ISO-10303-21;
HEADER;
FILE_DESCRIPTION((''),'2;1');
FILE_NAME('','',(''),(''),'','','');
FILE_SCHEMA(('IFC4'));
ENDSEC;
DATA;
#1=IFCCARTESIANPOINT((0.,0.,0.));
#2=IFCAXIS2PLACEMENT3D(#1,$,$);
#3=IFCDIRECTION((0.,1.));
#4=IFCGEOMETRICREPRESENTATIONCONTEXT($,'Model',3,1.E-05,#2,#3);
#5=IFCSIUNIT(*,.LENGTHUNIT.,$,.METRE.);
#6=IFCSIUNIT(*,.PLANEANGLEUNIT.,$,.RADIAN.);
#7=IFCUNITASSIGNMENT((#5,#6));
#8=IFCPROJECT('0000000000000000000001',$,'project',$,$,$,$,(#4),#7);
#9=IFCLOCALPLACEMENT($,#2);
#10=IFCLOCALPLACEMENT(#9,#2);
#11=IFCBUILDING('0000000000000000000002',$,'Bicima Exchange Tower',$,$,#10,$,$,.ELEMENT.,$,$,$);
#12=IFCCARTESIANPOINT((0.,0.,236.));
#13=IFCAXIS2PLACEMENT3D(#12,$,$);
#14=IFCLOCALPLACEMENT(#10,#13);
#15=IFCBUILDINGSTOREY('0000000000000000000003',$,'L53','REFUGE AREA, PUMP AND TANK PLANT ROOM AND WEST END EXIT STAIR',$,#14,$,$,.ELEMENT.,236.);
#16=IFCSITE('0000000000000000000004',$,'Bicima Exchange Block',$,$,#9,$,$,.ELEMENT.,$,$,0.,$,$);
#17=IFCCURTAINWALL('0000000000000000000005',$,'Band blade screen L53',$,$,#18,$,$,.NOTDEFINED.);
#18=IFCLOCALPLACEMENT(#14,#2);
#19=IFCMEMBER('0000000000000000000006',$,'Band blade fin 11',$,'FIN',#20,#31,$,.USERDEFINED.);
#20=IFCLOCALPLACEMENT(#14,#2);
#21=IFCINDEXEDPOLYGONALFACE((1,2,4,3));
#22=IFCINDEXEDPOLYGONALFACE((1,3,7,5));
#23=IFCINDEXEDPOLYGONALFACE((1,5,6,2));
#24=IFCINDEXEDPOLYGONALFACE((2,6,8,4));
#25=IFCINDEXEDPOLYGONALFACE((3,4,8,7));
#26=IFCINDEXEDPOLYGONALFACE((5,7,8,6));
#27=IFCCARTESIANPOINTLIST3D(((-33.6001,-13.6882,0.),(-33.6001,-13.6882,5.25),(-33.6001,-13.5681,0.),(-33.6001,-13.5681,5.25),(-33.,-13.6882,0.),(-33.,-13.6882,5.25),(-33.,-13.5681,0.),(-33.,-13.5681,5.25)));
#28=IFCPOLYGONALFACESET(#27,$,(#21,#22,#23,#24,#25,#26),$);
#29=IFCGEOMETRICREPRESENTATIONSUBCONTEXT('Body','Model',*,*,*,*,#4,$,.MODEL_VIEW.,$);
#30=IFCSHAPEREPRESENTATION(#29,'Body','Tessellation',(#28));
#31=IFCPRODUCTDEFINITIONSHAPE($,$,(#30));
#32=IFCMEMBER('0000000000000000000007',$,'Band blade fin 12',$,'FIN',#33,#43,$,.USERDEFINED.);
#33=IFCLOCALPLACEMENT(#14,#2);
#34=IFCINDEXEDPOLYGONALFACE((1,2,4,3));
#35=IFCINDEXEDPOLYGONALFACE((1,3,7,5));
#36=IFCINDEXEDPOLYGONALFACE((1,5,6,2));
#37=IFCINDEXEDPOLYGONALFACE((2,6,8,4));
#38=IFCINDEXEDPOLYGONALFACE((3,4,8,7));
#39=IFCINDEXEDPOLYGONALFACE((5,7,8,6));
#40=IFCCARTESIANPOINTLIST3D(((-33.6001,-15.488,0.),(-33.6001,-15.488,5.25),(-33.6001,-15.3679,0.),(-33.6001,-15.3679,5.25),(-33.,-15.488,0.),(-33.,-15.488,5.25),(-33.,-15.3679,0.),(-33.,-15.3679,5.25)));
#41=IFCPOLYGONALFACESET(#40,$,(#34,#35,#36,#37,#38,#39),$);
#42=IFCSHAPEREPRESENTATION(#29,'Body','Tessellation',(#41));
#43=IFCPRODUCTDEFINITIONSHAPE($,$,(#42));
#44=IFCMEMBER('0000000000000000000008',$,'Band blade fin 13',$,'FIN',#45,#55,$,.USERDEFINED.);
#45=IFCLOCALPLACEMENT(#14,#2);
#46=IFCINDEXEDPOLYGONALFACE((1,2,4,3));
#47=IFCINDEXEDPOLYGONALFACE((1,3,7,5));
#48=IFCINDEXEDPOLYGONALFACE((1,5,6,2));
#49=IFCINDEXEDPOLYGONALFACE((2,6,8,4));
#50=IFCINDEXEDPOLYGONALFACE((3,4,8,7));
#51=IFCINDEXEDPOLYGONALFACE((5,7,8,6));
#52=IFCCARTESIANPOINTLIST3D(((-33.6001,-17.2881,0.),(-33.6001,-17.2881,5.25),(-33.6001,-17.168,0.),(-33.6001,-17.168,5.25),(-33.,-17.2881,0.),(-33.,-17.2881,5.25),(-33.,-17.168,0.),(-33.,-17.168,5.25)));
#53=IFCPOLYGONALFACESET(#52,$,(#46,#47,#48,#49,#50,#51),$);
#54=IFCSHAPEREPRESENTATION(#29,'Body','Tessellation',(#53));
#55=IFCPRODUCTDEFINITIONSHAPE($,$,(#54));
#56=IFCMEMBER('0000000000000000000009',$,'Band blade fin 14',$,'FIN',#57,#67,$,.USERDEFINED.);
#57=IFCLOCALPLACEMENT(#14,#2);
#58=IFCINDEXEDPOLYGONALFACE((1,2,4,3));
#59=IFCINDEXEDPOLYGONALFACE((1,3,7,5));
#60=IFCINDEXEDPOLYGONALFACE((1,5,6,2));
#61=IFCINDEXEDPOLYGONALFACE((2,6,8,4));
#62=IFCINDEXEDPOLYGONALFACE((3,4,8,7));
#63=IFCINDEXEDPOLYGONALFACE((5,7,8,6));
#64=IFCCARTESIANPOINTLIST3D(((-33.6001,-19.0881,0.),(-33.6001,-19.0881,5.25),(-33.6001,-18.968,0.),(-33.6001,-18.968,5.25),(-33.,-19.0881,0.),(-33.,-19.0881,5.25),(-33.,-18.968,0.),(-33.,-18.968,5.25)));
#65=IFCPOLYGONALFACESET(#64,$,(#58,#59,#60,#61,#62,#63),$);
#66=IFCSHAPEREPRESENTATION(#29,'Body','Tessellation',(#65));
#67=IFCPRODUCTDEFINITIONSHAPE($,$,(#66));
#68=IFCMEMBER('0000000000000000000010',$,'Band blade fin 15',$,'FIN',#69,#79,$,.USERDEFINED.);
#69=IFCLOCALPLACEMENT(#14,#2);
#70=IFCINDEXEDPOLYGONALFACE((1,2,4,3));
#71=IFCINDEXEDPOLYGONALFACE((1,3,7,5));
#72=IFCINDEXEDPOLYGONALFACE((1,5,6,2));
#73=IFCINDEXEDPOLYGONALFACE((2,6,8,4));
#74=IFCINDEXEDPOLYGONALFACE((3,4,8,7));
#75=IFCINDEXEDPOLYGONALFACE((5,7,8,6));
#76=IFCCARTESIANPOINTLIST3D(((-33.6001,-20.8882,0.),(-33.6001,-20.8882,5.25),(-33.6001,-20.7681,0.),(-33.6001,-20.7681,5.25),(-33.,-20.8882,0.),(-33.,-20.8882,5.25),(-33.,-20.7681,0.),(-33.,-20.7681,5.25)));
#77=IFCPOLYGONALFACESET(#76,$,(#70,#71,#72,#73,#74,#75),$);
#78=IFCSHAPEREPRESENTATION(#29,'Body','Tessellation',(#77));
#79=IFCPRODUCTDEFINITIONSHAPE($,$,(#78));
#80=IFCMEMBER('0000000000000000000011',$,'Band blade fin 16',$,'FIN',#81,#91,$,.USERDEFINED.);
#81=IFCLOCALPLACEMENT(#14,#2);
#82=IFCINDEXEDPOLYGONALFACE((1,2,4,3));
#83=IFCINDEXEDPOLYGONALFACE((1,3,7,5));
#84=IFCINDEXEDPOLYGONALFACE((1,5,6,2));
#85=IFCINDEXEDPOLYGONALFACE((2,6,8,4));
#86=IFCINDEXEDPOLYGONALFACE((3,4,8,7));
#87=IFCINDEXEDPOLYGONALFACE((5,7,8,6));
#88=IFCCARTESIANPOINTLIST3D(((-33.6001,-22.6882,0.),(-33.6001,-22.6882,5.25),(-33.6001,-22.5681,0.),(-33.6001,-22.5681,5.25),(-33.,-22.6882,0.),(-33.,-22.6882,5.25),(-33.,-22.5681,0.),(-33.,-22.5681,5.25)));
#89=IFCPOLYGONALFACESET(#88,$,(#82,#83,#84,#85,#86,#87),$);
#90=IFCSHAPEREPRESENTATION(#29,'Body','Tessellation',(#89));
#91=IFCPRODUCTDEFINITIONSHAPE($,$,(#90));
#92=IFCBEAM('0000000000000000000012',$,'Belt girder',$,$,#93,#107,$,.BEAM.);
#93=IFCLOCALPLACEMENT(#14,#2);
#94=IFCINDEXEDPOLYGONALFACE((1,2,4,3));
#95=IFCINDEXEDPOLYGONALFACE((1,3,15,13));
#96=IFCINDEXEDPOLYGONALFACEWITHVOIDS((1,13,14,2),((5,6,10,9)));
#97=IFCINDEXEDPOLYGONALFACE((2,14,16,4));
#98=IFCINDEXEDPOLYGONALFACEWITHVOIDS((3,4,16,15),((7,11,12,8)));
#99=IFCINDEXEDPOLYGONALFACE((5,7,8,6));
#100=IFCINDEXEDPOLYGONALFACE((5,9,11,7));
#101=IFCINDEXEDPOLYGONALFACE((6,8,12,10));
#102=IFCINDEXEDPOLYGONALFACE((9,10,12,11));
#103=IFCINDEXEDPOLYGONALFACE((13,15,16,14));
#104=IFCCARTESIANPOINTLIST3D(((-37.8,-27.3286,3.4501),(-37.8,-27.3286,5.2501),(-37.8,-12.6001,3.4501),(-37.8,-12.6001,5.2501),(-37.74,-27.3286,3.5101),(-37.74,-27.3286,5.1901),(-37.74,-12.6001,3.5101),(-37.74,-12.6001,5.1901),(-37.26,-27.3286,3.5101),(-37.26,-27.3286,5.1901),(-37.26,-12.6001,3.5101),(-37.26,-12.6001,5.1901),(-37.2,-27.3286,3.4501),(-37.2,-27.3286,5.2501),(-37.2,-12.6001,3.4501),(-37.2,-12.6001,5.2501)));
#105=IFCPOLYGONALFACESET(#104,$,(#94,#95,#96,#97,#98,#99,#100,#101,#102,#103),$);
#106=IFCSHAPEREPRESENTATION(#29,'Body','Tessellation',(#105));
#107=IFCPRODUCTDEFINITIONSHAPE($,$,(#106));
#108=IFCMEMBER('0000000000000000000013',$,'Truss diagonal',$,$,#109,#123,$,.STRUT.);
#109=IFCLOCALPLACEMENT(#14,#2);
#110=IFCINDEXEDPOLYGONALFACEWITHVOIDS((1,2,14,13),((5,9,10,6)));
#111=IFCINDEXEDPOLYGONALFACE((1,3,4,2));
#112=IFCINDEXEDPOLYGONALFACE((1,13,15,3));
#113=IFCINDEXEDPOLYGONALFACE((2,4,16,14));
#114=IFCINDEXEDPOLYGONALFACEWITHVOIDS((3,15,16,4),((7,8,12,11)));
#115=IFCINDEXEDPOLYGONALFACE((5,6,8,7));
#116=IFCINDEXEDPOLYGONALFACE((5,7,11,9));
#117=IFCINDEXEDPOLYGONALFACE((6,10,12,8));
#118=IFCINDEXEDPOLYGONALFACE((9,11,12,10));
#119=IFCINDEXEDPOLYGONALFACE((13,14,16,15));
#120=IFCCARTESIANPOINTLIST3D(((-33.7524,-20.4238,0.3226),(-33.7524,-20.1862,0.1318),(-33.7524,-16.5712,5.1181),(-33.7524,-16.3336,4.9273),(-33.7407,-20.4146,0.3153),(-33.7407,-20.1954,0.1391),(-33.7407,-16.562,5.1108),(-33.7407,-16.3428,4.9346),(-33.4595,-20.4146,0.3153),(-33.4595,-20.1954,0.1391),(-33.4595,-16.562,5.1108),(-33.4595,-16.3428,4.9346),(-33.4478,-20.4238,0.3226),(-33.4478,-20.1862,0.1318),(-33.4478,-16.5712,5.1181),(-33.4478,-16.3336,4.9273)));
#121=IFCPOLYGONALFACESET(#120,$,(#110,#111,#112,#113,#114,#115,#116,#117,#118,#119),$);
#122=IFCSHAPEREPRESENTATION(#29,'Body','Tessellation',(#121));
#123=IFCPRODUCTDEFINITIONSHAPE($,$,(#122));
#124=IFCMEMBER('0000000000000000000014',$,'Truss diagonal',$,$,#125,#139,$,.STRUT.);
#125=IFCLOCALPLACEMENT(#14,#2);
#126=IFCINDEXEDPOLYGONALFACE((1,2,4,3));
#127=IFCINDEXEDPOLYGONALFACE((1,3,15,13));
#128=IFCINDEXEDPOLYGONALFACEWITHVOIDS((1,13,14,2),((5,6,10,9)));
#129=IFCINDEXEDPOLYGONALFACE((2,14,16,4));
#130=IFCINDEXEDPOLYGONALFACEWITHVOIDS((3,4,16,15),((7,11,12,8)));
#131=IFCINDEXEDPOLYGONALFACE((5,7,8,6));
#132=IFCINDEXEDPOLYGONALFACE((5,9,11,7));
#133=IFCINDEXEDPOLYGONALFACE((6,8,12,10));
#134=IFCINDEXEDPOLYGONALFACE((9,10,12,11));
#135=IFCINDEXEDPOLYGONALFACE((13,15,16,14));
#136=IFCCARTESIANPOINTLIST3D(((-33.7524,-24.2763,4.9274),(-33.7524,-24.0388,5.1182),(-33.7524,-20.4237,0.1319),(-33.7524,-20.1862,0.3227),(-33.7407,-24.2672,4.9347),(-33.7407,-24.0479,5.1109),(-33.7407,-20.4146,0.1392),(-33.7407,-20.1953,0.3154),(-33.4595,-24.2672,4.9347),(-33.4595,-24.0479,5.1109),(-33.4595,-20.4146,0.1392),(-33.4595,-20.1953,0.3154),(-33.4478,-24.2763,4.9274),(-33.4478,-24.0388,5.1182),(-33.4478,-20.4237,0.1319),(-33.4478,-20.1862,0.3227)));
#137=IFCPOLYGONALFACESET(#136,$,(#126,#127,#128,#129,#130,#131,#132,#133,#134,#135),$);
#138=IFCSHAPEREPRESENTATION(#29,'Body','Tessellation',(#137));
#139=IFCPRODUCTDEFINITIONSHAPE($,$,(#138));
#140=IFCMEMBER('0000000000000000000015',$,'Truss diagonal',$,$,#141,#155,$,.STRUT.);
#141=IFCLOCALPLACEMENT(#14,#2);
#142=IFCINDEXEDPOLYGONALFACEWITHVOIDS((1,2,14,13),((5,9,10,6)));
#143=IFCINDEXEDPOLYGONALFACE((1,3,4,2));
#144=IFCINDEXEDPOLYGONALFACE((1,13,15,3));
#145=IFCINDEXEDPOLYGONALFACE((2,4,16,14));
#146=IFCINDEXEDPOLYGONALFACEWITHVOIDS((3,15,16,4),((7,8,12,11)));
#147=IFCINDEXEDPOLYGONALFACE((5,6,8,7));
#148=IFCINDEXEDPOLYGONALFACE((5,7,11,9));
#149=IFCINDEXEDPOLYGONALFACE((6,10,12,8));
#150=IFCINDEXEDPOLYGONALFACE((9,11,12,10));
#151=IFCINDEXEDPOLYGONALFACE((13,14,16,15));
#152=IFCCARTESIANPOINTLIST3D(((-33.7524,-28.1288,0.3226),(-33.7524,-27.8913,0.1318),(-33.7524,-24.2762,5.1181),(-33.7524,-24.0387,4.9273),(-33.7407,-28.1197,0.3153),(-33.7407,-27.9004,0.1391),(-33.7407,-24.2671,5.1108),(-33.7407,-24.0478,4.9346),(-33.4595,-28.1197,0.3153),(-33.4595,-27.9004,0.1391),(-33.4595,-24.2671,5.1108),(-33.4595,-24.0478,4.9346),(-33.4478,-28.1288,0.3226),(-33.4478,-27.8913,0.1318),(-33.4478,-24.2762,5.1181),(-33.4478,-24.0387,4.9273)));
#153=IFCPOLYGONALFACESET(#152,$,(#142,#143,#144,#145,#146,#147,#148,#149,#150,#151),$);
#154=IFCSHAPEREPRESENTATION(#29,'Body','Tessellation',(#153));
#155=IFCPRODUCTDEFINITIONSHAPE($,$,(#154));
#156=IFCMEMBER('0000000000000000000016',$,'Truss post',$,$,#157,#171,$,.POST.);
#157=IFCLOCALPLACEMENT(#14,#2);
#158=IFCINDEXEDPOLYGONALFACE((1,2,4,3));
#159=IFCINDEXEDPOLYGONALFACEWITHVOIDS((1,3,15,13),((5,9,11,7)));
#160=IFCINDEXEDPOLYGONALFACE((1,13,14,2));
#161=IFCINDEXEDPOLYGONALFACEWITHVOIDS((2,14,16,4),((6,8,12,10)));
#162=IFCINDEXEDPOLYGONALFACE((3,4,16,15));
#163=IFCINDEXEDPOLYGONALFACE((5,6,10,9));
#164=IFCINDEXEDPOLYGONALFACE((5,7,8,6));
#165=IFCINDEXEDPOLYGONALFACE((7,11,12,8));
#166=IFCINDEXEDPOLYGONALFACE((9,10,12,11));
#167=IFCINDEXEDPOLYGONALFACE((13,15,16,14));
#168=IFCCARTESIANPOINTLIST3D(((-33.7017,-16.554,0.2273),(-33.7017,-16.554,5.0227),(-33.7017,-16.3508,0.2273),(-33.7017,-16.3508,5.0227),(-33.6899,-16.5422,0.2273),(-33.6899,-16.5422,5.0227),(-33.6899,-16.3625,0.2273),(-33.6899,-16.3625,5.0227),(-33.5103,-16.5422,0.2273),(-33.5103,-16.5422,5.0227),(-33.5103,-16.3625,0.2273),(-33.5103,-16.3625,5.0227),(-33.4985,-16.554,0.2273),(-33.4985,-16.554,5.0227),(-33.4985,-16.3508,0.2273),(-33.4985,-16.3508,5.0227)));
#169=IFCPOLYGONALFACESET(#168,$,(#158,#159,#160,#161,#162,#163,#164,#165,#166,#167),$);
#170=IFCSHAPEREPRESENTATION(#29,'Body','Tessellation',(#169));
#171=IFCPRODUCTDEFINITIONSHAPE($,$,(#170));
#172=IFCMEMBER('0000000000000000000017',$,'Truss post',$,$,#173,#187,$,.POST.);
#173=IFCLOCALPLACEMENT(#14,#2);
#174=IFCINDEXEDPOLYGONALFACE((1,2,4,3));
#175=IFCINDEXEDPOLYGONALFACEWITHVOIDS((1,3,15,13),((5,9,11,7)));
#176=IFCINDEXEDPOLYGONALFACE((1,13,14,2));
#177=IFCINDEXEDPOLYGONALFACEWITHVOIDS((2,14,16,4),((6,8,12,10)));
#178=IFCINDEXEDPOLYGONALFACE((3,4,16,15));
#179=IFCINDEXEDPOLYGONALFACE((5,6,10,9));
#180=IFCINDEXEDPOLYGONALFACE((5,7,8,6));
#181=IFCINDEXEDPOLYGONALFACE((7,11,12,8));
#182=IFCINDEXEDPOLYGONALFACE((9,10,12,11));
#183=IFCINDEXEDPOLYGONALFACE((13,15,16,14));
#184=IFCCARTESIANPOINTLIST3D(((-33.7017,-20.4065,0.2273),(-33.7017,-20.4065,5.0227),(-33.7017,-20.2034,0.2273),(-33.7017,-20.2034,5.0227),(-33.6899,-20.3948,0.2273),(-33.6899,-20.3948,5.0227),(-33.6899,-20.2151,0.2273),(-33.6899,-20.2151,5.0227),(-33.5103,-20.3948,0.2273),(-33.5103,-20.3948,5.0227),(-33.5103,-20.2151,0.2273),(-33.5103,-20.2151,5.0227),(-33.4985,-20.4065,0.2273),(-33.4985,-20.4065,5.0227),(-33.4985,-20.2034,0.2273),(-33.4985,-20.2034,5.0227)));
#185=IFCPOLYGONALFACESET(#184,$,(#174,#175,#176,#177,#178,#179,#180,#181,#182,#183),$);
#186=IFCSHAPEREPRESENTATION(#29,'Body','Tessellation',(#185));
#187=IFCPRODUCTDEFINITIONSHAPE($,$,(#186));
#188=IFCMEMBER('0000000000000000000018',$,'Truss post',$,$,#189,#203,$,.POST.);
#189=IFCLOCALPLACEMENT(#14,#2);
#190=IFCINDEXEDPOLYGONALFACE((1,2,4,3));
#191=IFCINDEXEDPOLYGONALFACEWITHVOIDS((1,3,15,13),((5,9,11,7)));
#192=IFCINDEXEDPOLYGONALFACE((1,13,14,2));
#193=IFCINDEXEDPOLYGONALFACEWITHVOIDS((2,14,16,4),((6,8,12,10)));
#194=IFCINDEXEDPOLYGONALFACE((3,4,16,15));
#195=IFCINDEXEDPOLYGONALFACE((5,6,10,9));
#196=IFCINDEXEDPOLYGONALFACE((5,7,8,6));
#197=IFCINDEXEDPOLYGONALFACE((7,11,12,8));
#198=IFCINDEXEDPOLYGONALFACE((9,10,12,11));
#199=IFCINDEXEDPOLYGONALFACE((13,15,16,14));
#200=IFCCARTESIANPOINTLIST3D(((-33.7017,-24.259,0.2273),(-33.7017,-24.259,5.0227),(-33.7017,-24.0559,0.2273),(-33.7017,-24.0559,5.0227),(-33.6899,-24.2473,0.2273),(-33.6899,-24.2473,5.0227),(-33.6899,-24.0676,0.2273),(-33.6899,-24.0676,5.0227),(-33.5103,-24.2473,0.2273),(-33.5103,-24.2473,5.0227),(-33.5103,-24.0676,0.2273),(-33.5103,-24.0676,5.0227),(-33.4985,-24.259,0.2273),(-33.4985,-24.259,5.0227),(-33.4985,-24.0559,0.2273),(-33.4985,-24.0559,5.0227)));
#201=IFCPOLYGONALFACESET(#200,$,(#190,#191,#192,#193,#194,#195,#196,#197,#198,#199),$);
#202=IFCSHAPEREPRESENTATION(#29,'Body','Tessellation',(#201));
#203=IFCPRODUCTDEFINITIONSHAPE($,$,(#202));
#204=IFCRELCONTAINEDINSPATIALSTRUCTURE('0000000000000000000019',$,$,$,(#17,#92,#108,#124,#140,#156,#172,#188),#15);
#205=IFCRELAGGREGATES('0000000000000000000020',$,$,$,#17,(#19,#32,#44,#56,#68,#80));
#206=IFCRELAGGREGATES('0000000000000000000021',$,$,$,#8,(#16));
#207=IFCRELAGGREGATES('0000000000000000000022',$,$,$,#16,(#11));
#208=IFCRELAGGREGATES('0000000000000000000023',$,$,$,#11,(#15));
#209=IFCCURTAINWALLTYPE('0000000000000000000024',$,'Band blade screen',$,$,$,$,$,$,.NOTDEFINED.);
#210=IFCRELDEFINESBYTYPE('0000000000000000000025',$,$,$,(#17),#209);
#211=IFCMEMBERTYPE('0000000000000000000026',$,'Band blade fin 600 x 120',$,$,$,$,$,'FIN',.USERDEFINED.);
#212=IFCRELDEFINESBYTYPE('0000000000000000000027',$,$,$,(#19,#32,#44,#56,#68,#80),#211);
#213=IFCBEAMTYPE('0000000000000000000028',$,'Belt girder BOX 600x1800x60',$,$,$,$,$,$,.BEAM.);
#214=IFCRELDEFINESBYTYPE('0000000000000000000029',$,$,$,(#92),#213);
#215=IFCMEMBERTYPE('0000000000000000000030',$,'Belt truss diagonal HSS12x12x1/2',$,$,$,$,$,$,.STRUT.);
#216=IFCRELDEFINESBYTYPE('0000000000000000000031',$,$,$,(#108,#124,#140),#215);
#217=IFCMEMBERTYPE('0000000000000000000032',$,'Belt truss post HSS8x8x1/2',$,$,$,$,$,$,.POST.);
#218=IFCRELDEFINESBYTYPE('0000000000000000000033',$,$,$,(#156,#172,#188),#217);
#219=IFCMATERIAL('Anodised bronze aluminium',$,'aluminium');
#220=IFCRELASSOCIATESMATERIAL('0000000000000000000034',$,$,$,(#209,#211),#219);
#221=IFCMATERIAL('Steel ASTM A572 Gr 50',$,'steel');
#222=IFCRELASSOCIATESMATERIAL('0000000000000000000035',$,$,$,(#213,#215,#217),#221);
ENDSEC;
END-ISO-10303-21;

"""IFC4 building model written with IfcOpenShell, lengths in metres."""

from ifc_helpers import new_model, si_unit, direction, frame, origin, origin_2d, place, context, subcontext, project, spatial, rectangle, hollow_rectangle, extrude, material, material_profile, profile_set, type_object, element, aggregate, save


model = new_model("IFC4")

# Units and contexts
model_context = context("Model", 3, precision=1e-05, world=origin(), true_north=direction((0.0, 1.0)))
body_context = subcontext(model_context, "Body", "Model", "MODEL_VIEW")
ifc_project = project(units=[si_unit("LENGTHUNIT", "METRE"), si_unit("PLANEANGLEUNIT", "RADIAN")], contexts=[model_context])

# Site, building, storey
site_placement = place(None, origin())
site = spatial("IfcSite", under=ifc_project, at=site_placement, Name="Bicima Exchange Block", CompositionType="ELEMENT", RefElevation=0.0)
building_placement = place(site_placement, origin())
building = spatial("IfcBuilding", under=site, at=building_placement, Name="Bicima Exchange Tower", CompositionType="ELEMENT")
storey_placement = place(building_placement, frame((0.0, 0.0, 236.0)))
storey = spatial("IfcBuildingStorey", under=building, at=storey_placement, Name="L53", Description="REFUGE AREA, PUMP AND TANK PLANT ROOM AND WEST END EXIT STAIR", CompositionType="ELEMENT", Elevation=236.0)

# Curtain wall, members
ifc_material_1 = material(Name="Anodised bronze aluminium", Category="aluminium")
curtain_wall_type = type_object("IfcCurtainWallType", Name="Band blade screen", PredefinedType="NOTDEFINED", material=ifc_material_1)
curtain_wall_placement = place(storey_placement, origin())
curtain_wall = element("IfcCurtainWall", 1, at=curtain_wall_placement, inside=storey, type_object=curtain_wall_type, Name="Band blade screen L53", PredefinedType="NOTDEFINED")
ifc_material_profile_1 = material_profile(ifc_material_1, rectangle(XDim=0.6001, YDim=0.1201, at=origin_2d()))
ifc_profile_set_1 = profile_set([ifc_material_profile_1], Name="Anodised bronze aluminium")
member_type_1 = type_object("IfcMemberType", Name="Band blade fin 600 x 120", ElementType="FIN", PredefinedType="USERDEFINED", material=ifc_profile_set_1)
member_1_placement = place(storey_placement, frame((-33.3, -13.6282, 0.0), z_axis=(0.0, 0.0, 1.0), x_axis=(1.0, 0.0, 0.0)))
member_1 = element("IfcMember", 2, at=member_1_placement, type_object=member_type_1, Name="Band blade fin 11", ObjectType="FIN", PredefinedType="USERDEFINED", context=body_context, shape_type="SweptSolid", body=[
    extrude(rectangle(XDim=0.6001, YDim=0.1201, at=origin_2d()), origin(), (0.0, 0.0, 1.0), 5.25),
])
member_2_placement = place(storey_placement, frame((-33.3, -15.428, 0.0), z_axis=(0.0, 0.0, 1.0), x_axis=(1.0, 0.0, 0.0)))
member_2 = element("IfcMember", 3, at=member_2_placement, type_object=member_type_1, Name="Band blade fin 12", ObjectType="FIN", PredefinedType="USERDEFINED", context=body_context, shape_type="SweptSolid", body=[
    extrude(rectangle(XDim=0.6001, YDim=0.1201, at=origin_2d()), origin(), (0.0, 0.0, 1.0), 5.25),
])
member_3_placement = place(storey_placement, frame((-33.3, -17.228, 0.0), z_axis=(0.0, 0.0, 1.0), x_axis=(1.0, 0.0, 0.0)))
member_3 = element("IfcMember", 4, at=member_3_placement, type_object=member_type_1, Name="Band blade fin 13", ObjectType="FIN", PredefinedType="USERDEFINED", context=body_context, shape_type="SweptSolid", body=[
    extrude(rectangle(XDim=0.6001, YDim=0.1201, at=origin_2d()), origin(), (0.0, 0.0, 1.0), 5.25),
])
member_4_placement = place(storey_placement, frame((-33.3, -19.0281, 0.0), z_axis=(0.0, 0.0, 1.0), x_axis=(1.0, 0.0, 0.0)))
member_4 = element("IfcMember", 5, at=member_4_placement, type_object=member_type_1, Name="Band blade fin 14", ObjectType="FIN", PredefinedType="USERDEFINED", context=body_context, shape_type="SweptSolid", body=[
    extrude(rectangle(XDim=0.6001, YDim=0.1201, at=origin_2d()), origin(), (0.0, 0.0, 1.0), 5.25),
])
member_5_placement = place(storey_placement, frame((-33.3, -20.8281, 0.0), z_axis=(0.0, 0.0, 1.0), x_axis=(1.0, 0.0, 0.0)))
member_5 = element("IfcMember", 6, at=member_5_placement, type_object=member_type_1, Name="Band blade fin 15", ObjectType="FIN", PredefinedType="USERDEFINED", context=body_context, shape_type="SweptSolid", body=[
    extrude(rectangle(XDim=0.6001, YDim=0.1201, at=origin_2d()), origin(), (0.0, 0.0, 1.0), 5.25),
])
member_6_placement = place(storey_placement, frame((-33.3, -22.6282, 0.0), z_axis=(0.0, 0.0, 1.0), x_axis=(1.0, 0.0, 0.0)))
member_6 = element("IfcMember", 7, at=member_6_placement, type_object=member_type_1, Name="Band blade fin 16", ObjectType="FIN", PredefinedType="USERDEFINED", context=body_context, shape_type="SweptSolid", body=[
    extrude(rectangle(XDim=0.6001, YDim=0.1201, at=origin_2d()), origin(), (0.0, 0.0, 1.0), 5.25),
])
aggregate(curtain_wall, [member_1, member_2, member_3, member_4, member_5, member_6])

# Beam
ifc_material_2 = material(Name="Steel ASTM A572 Gr 50", Category="steel")
ifc_material_profile_2 = material_profile(ifc_material_2, hollow_rectangle(XDim=0.6001, YDim=1.8, WallThickness=0.0601, at=origin_2d()))
ifc_profile_set_2 = profile_set([ifc_material_profile_2], Name="Steel ASTM A572 Gr 50")
beam_type = type_object("IfcBeamType", Name="Belt girder BOX 600x1800x60", PredefinedType="BEAM", material=ifc_profile_set_2)
beam_placement = place(storey_placement, frame((-37.5, -12.6001, 4.3501), z_axis=(0.0, -1.0, 0.0), x_axis=(1.0, 0.0, 0.0)))
element("IfcBeam", 8, at=beam_placement, inside=storey, type_object=beam_type, Name="Belt girder", PredefinedType="BEAM", context=body_context, shape_type="SweptSolid", body=[
    extrude(hollow_rectangle(XDim=0.6001, YDim=1.8, WallThickness=0.0601, at=origin_2d()), origin(), (0.0, 0.0, 1.0), 14.7285),
])

# Members
ifc_material_profile_3 = material_profile(ifc_material_2, hollow_rectangle(XDim=0.3047, YDim=0.3047, WallThickness=0.0117, at=origin_2d()))
ifc_profile_set_3 = profile_set([ifc_material_profile_3], Name="Steel ASTM A572 Gr 50")
member_type_2 = type_object("IfcMemberType", Name="Belt truss diagonal HSS12x12x1/2", PredefinedType="STRUT", material=ifc_profile_set_3)
for number, where, z_axis, x_axis, name in (
    (9, (-33.6001, -16.4524, 5.0227), (0.0, -0.626301, -0.779582), (1.0, 0.0, 0.0), "Truss diagonal"),
    (10, (-33.6001, -20.3049, 0.2273), (0.0, -0.626301, 0.779582), (1.0, 0.0, 0.0), "Truss diagonal"),
    (11, (-33.6001, -24.1575, 5.0227), (0.0, -0.626301, -0.779582), (1.0, 0.0, 0.0), "Truss diagonal"),
):
    element("IfcMember", number, at=place(storey_placement, frame(where, z_axis=z_axis, x_axis=x_axis)), inside=storey, type_object=member_type_2, Name=name, PredefinedType="STRUT", context=body_context, shape_type="SweptSolid", body=[
        extrude(hollow_rectangle(XDim=0.3047, YDim=0.3047, WallThickness=0.0117, at=origin_2d()), origin(), (0.0, 0.0, 1.0), 6.1514),
    ])
ifc_material_profile_4 = material_profile(ifc_material_2, hollow_rectangle(XDim=0.2031, YDim=0.2031, WallThickness=0.0117, at=origin_2d()))
ifc_profile_set_4 = profile_set([ifc_material_profile_4], Name="Steel ASTM A572 Gr 50")
member_type_3 = type_object("IfcMemberType", Name="Belt truss post HSS8x8x1/2", PredefinedType="POST", material=ifc_profile_set_4)
for number, where, z_axis, x_axis, name in (
    (12, (-33.6001, -16.4524, 0.2273), (0.0, 0.0, 1.0), (1.0, 0.0, 0.0), "Truss post"),
    (13, (-33.6001, -20.3049, 0.2273), (0.0, 0.0, 1.0), (1.0, 0.0, 0.0), "Truss post"),
    (14, (-33.6001, -24.1575, 0.2273), (0.0, 0.0, 1.0), (1.0, 0.0, 0.0), "Truss post"),
):
    element("IfcMember", number, at=place(storey_placement, frame(where, z_axis=z_axis, x_axis=x_axis)), inside=storey, type_object=member_type_3, Name=name, PredefinedType="POST", context=body_context, shape_type="SweptSolid", body=[
        extrude(hollow_rectangle(XDim=0.2031, YDim=0.2031, WallThickness=0.0117, at=origin_2d()), origin(), (0.0, 0.0, 1.0), 4.7954),
    ])

save(model, "model.ifc")
